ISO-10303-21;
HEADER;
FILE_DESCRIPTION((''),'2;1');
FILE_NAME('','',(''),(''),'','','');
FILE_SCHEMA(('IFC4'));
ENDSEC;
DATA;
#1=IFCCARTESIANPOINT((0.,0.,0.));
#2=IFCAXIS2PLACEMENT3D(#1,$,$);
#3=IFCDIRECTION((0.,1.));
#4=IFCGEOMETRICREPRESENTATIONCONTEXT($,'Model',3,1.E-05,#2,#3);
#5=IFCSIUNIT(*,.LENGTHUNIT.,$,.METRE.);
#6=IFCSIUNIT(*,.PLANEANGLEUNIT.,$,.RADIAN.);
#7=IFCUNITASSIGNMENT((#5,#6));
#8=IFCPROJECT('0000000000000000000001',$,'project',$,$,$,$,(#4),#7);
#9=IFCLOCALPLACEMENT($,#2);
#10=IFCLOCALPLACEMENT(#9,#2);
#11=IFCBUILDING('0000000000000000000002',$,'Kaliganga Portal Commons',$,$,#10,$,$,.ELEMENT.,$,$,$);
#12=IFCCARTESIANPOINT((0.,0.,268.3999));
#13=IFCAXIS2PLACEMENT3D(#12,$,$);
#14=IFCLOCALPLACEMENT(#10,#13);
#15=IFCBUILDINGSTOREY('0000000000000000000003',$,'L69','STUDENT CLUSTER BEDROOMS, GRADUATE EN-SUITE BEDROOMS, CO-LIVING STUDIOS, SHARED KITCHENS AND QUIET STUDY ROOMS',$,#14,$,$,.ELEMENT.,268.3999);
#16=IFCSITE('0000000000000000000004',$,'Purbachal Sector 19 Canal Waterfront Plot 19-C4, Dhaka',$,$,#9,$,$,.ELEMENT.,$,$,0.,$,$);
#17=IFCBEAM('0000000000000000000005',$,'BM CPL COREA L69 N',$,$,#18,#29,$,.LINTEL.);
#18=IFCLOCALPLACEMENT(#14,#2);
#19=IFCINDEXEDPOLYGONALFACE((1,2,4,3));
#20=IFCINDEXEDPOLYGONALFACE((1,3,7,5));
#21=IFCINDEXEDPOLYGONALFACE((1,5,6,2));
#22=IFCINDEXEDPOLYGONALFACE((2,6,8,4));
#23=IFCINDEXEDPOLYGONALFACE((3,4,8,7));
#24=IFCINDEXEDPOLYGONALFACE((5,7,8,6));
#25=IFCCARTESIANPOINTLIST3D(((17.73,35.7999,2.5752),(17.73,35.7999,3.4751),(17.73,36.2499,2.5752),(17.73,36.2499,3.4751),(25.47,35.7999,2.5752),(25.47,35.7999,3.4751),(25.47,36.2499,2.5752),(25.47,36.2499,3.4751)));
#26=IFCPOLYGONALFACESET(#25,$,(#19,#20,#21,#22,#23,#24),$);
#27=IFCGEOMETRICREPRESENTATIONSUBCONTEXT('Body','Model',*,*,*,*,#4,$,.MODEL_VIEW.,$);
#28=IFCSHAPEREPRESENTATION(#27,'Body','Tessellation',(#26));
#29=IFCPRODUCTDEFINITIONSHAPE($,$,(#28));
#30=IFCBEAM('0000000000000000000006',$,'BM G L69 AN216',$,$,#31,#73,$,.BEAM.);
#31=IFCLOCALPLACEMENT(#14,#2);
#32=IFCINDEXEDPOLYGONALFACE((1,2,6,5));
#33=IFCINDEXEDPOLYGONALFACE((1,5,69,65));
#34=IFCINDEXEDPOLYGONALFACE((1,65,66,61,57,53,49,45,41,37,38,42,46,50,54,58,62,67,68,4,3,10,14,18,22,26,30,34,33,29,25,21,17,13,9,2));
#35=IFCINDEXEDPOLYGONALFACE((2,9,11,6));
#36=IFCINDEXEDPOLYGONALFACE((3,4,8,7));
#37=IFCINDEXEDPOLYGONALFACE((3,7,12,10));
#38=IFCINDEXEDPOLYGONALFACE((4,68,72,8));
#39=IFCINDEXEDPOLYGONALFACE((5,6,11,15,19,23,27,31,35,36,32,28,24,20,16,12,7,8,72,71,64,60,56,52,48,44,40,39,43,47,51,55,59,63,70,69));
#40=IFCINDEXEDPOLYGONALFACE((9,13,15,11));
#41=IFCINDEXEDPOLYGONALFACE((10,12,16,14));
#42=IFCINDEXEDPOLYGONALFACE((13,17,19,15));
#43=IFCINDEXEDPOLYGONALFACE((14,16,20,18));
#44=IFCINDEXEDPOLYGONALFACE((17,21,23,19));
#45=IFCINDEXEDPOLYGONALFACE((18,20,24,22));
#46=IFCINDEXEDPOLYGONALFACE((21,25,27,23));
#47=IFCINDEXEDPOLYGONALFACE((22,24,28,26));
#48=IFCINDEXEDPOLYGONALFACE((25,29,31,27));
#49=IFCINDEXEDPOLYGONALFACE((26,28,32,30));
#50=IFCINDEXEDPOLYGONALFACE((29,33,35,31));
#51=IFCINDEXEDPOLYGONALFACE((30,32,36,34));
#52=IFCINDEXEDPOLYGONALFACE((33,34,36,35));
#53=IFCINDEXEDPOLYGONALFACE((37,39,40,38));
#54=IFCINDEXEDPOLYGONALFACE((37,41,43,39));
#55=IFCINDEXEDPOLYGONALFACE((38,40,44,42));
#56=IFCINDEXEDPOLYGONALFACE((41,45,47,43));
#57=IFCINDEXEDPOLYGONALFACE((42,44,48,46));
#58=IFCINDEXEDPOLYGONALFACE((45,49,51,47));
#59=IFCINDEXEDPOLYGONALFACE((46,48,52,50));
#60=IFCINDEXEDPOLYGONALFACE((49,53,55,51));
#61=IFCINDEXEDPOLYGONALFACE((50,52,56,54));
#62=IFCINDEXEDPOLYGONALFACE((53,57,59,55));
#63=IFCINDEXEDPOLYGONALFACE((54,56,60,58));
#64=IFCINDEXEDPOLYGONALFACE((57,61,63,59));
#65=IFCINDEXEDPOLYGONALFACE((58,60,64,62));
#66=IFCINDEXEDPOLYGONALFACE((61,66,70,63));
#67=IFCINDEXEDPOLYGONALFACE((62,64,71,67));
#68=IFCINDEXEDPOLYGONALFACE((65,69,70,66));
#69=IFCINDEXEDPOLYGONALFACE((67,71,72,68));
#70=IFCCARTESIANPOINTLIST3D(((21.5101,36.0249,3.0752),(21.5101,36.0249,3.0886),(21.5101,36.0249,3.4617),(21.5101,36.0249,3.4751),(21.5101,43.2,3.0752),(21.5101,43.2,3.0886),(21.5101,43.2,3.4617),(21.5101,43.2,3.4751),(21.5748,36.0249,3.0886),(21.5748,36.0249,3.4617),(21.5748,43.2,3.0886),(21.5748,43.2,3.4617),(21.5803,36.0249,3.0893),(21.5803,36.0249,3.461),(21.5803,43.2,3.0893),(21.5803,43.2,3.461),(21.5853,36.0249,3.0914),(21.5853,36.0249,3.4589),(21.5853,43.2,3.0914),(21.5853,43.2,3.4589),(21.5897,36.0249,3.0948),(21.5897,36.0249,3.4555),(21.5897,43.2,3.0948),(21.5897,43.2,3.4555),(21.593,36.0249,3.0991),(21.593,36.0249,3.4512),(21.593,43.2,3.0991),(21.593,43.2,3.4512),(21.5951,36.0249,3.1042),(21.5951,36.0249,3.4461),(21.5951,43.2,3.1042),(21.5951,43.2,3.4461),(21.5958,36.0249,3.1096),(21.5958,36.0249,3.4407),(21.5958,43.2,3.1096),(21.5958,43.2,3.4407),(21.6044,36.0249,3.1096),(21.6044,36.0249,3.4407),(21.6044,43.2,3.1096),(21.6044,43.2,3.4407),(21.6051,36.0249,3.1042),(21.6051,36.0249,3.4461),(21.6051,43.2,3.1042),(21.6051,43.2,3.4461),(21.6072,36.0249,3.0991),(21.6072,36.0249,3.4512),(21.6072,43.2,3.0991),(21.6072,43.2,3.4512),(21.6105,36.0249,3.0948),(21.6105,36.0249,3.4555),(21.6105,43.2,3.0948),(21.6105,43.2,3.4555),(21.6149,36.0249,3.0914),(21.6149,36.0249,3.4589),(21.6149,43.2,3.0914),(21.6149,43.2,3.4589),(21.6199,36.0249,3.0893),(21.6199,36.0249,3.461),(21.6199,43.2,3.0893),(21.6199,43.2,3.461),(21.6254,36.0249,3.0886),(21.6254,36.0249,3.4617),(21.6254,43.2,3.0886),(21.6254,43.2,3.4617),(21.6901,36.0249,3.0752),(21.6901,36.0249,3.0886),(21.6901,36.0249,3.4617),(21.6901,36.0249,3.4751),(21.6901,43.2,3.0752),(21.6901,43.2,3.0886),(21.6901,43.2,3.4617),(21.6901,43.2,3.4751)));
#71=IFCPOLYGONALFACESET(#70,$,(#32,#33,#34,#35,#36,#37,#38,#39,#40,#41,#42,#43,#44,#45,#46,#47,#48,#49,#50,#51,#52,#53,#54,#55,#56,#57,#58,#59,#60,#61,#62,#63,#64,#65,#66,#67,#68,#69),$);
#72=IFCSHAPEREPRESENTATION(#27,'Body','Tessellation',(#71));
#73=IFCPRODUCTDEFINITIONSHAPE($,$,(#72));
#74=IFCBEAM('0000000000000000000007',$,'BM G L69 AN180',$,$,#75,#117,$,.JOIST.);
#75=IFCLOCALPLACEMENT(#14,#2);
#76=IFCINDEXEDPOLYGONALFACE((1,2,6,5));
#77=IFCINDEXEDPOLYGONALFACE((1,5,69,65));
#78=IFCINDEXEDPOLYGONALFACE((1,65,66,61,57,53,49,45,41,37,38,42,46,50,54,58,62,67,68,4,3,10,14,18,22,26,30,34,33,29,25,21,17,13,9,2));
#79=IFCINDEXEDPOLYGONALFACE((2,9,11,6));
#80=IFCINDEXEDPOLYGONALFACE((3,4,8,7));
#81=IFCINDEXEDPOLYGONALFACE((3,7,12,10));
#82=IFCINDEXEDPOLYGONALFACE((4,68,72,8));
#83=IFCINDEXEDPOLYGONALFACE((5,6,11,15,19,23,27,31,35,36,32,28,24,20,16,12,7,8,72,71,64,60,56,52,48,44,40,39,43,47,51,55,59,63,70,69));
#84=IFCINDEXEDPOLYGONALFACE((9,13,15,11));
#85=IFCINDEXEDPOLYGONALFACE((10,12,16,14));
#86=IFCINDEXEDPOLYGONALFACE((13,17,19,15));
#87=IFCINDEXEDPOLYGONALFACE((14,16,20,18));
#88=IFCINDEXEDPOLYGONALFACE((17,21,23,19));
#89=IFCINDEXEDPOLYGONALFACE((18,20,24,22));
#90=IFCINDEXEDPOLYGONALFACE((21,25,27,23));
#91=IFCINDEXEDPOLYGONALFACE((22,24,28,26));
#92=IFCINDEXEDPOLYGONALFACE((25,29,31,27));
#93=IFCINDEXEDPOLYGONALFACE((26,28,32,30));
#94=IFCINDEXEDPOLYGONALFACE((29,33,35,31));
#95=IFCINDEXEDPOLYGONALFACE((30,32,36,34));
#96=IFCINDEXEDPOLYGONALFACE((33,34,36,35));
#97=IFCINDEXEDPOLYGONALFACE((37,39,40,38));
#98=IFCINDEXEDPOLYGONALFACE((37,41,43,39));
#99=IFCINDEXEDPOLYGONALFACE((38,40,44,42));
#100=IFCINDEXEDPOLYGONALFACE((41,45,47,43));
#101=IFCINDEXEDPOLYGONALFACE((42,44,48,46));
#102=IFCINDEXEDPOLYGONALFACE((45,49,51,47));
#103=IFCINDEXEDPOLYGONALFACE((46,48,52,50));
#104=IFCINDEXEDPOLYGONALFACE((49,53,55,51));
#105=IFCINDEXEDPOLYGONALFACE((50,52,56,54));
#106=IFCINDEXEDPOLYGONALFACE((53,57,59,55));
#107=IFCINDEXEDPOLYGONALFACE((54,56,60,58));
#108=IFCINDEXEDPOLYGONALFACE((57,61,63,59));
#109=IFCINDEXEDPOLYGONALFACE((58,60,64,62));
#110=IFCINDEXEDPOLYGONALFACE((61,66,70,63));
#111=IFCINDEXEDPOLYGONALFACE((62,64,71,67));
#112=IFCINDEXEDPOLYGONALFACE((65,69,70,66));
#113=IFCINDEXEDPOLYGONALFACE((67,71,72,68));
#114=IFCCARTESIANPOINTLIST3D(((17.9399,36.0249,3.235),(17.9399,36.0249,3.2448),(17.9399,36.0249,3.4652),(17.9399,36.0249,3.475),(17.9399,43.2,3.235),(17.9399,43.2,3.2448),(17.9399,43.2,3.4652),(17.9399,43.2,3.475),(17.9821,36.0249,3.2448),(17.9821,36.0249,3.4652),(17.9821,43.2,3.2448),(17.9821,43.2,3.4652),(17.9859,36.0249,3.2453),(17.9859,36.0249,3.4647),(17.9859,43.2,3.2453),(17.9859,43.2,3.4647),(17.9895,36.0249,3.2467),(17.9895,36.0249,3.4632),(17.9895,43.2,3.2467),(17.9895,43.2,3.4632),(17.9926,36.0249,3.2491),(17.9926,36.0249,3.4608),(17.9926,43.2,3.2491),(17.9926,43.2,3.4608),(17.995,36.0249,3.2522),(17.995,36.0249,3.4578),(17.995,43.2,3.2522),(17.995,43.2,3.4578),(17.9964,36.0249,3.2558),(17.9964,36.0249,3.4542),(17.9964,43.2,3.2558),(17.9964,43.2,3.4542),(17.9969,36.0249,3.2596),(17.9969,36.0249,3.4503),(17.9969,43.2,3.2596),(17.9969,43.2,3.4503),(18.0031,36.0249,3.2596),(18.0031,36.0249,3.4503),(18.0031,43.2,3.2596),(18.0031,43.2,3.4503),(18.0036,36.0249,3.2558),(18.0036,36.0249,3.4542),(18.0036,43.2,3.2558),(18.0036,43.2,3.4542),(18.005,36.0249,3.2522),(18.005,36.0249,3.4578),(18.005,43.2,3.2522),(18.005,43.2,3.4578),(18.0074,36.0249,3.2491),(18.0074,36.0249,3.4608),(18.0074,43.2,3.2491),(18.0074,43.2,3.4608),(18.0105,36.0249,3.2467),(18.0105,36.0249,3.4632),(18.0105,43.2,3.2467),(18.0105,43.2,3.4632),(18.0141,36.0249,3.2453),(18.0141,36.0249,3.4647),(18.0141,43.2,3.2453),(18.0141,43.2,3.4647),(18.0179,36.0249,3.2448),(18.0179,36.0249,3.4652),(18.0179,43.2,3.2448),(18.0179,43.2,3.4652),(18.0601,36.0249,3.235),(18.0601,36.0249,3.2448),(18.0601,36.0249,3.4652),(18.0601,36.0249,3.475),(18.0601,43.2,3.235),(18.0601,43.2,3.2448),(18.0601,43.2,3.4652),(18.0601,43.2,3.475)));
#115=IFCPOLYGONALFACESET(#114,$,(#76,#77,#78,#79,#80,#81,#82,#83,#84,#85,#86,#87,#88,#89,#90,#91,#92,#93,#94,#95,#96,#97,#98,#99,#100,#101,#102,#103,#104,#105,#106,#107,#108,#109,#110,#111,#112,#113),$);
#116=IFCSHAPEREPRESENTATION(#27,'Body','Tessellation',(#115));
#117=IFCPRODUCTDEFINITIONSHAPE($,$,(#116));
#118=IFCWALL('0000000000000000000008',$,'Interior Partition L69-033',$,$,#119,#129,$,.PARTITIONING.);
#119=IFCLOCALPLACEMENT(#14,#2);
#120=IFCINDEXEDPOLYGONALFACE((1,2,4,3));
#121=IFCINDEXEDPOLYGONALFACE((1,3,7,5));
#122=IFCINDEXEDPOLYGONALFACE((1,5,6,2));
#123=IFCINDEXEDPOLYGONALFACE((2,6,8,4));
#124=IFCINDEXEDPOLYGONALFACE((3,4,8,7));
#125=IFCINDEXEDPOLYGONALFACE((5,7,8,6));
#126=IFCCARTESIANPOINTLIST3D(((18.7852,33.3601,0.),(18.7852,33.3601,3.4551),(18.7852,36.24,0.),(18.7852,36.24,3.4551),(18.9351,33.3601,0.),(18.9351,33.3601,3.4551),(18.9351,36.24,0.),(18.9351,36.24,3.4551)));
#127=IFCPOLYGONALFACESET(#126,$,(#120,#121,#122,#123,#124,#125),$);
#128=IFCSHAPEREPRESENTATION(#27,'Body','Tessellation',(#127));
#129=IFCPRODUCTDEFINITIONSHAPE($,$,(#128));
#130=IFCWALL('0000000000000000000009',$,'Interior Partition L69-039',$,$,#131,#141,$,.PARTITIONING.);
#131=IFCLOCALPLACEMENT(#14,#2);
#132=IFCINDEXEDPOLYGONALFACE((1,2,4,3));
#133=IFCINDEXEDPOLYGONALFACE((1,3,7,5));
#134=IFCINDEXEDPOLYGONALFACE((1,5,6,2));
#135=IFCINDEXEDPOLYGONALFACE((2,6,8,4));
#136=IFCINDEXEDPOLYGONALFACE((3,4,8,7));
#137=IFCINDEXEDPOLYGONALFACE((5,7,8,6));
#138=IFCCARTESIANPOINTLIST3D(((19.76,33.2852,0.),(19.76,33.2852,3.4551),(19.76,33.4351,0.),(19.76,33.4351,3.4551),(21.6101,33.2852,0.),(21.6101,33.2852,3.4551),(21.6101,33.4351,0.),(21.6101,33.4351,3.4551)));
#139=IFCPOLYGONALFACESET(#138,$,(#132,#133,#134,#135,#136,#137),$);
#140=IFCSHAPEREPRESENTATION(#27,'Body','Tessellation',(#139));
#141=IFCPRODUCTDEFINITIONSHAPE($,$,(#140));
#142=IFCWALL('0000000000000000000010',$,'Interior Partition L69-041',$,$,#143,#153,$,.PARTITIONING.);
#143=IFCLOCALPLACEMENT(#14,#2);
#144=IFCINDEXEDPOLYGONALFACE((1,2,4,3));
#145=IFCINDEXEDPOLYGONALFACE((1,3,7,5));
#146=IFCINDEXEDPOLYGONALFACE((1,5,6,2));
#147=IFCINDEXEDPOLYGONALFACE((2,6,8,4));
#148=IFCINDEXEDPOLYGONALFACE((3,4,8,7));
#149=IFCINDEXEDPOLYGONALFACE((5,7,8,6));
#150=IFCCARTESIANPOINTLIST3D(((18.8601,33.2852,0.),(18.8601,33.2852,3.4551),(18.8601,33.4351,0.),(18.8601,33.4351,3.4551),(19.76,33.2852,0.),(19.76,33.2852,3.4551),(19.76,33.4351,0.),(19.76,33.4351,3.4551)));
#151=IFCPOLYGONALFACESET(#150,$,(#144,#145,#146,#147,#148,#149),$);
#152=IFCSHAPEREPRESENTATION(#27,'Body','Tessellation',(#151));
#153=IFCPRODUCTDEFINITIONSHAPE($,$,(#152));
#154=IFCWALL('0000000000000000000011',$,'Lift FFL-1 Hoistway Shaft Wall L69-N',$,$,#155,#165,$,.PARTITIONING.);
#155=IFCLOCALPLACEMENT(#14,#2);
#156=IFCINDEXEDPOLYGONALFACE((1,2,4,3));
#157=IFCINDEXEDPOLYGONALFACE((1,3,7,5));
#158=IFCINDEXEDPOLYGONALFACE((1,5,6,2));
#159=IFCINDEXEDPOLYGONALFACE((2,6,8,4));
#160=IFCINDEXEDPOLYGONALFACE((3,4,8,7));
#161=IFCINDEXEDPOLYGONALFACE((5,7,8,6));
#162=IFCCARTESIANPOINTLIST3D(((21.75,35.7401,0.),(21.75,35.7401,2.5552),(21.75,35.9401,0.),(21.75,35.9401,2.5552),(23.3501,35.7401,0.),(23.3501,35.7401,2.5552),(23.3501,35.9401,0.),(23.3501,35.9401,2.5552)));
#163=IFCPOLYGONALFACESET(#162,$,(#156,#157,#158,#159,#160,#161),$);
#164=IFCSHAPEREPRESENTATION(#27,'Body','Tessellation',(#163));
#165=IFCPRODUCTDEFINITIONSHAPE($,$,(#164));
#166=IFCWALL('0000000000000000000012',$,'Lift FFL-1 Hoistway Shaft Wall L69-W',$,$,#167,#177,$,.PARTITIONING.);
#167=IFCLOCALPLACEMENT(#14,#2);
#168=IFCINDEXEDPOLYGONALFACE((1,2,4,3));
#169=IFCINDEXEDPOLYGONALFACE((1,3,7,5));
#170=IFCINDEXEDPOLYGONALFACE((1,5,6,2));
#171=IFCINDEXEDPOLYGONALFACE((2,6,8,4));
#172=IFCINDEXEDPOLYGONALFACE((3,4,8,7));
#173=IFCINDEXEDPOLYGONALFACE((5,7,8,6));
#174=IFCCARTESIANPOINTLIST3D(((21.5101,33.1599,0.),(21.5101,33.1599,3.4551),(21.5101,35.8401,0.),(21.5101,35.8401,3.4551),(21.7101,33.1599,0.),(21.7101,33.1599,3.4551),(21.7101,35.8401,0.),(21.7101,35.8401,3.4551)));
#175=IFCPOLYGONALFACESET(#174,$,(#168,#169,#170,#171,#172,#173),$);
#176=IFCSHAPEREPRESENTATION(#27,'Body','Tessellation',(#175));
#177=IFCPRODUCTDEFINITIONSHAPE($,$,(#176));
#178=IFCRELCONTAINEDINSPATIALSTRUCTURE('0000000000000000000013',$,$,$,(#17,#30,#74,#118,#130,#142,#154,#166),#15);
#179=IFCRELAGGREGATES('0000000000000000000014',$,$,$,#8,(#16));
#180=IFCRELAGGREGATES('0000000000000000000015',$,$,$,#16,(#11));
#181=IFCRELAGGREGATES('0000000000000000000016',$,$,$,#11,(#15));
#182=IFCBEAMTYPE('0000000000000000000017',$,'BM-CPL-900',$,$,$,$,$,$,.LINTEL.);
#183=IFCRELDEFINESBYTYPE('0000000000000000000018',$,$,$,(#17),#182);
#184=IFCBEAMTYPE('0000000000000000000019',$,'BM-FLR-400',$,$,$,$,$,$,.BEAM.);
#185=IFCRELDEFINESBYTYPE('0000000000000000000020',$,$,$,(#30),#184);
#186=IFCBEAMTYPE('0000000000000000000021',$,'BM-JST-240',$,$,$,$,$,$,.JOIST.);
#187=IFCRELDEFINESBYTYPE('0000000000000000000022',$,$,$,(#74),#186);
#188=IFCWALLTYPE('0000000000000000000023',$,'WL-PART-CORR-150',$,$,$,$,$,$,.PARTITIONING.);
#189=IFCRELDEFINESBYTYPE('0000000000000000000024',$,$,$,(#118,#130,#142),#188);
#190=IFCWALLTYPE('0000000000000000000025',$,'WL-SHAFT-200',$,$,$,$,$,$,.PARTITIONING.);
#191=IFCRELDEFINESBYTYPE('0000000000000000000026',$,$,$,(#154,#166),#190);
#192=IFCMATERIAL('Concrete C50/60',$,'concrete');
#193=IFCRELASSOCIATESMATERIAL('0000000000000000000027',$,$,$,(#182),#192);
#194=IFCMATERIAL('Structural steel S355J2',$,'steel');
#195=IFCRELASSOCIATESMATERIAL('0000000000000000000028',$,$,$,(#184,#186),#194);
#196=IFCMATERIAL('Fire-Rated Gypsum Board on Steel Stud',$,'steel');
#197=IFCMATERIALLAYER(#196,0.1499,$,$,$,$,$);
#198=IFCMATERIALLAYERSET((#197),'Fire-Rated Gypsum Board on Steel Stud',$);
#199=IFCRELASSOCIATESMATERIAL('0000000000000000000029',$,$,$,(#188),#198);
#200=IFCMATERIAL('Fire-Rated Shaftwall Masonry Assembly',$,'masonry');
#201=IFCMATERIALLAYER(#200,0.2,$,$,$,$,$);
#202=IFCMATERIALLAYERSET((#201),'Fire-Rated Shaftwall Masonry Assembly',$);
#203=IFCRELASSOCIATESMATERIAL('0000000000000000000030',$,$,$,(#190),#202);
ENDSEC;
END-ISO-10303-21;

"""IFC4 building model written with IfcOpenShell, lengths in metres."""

from ifc_helpers import new_model, si_unit, direction, frame, frame_2d, origin, origin_2d, place, context, subcontext, project, spatial, rectangle, i_section, extrude, source, transform, mapped, material, layer, layer_set, material_profile, profile_set, type_object, element, save


model = new_model("IFC4")

# Units and contexts
model_context = context("Model", 3, precision=1e-05, world=origin(), true_north=direction((0.0, 1.0)))
body_context = subcontext(model_context, "Body", "Model", "MODEL_VIEW")
ifc_project = project(units=[si_unit("LENGTHUNIT", "METRE"), si_unit("PLANEANGLEUNIT", "RADIAN")], contexts=[model_context])

# Site, building, storey
site_placement = place(None, origin())
site = spatial("IfcSite", under=ifc_project, at=site_placement, Name="Purbachal Sector 19 Canal Waterfront Plot 19-C4, Dhaka", CompositionType="ELEMENT", RefElevation=0.0)
building_placement = place(site_placement, origin())
building = spatial("IfcBuilding", under=site, at=building_placement, Name="Kaliganga Portal Commons", CompositionType="ELEMENT")
storey_placement = place(building_placement, frame((0.0, 0.0, 268.3999)))
storey = spatial("IfcBuildingStorey", under=building, at=storey_placement, Name="L69", Description="STUDENT CLUSTER BEDROOMS, GRADUATE EN-SUITE BEDROOMS, CO-LIVING STUDIOS, SHARED KITCHENS AND QUIET STUDY ROOMS", CompositionType="ELEMENT", Elevation=268.3999)

# Beams
ifc_material_1 = material(Name="Concrete C50/60", Category="concrete")
ifc_material_profile_1 = material_profile(ifc_material_1, rectangle(XDim=0.45, YDim=0.8999, at=origin_2d()), Name="RC 450x900")
ifc_profile_set_1 = profile_set([ifc_material_profile_1], Name="Concrete C50/60")
beam_type_1 = type_object("IfcBeamType", Name="BM-CPL-900", PredefinedType="LINTEL", material=ifc_profile_set_1)
shared_shape_1 = source(origin(), body_context, "Body", "SweptSolid", [
    extrude(rectangle(XDim=0.45, YDim=0.8999, at=origin_2d()), origin(), (0.0, 0.0, 1.0), 7.74),
])
beam_1_placement = place(storey_placement, frame((17.73, 36.0249, 3.0251), z_axis=(1.0, 0.0, 0.0), x_axis=(0.0, 1.0, 0.0)))
element("IfcBeam", 1, at=beam_1_placement, inside=storey, type_object=beam_type_1, Name="BM CPL COREA L69 N", PredefinedType="LINTEL", context=body_context, shape_type="MappedRepresentation", body=[
    mapped(shared_shape_1, transform((0.0, 0.0, 0.0), x_axis=(1.0, 0.0, 0.0), y_axis=(0.0, 1.0, 0.0), z_axis=(0.0, 0.0, 1.0), scale=1.0)),
])
ifc_material_2 = material(Name="Structural steel S355J2", Category="steel")
ifc_material_profile_2 = material_profile(ifc_material_2, i_section(OverallWidth=0.1799, OverallDepth=0.3999, WebThickness=0.0085, FlangeThickness=0.0134, FilletRadius=0.021, at=origin_2d()), Name="IPE 400")
ifc_profile_set_2 = profile_set([ifc_material_profile_2], Name="Structural steel S355J2 wide-flange")
beam_type_2 = type_object("IfcBeamType", Name="BM-FLR-400", PredefinedType="BEAM", material=ifc_profile_set_2)
shared_shape_2 = source(origin(), body_context, "Body", "SweptSolid", [
    extrude(i_section(OverallWidth=0.1799, OverallDepth=0.3999, WebThickness=0.0085, FlangeThickness=0.0134, FilletRadius=0.021, at=origin_2d()), origin(), (0.0, 0.0, 1.0), 7.175),
])
beam_2_placement = place(storey_placement, frame((21.6001, 36.0249, 3.2751), z_axis=(0.0, 1.0, 0.0), x_axis=(-1.0, 0.0, 0.0)))
element("IfcBeam", 2, at=beam_2_placement, inside=storey, type_object=beam_type_2, Name="BM G L69 AN216", PredefinedType="BEAM", context=body_context, shape_type="MappedRepresentation", body=[
    mapped(shared_shape_2, transform((0.0, 0.0, 0.0), x_axis=(1.0, 0.0, 0.0), y_axis=(0.0, 1.0, 0.0), z_axis=(0.0, 0.0, 1.0), scale=1.0)),
])
ifc_material_profile_3 = material_profile(ifc_material_2, i_section(OverallWidth=0.1201, OverallDepth=0.24, WebThickness=0.0061, FlangeThickness=0.0098, FilletRadius=0.0149, at=origin_2d()), Name="IPE 240")
ifc_profile_set_3 = profile_set([ifc_material_profile_3], Name="Structural steel S355J2 wide-flange")
beam_type_3 = type_object("IfcBeamType", Name="BM-JST-240", PredefinedType="JOIST", material=ifc_profile_set_3)
shared_shape_3 = source(origin(), body_context, "Body", "SweptSolid", [
    extrude(i_section(OverallWidth=0.1201, OverallDepth=0.24, WebThickness=0.0061, FlangeThickness=0.0098, FilletRadius=0.0149, at=origin_2d()), origin(), (0.0, 0.0, 1.0), 7.175),
])
beam_3_placement = place(storey_placement, frame((18.0, 36.0249, 3.355), z_axis=(0.0, 1.0, 0.0), x_axis=(-1.0, 0.0, 0.0)))
element("IfcBeam", 3, at=beam_3_placement, inside=storey, type_object=beam_type_3, Name="BM G L69 AN180", PredefinedType="JOIST", context=body_context, shape_type="MappedRepresentation", body=[
    mapped(shared_shape_3, transform((0.0, 0.0, 0.0), x_axis=(1.0, 0.0, 0.0), y_axis=(0.0, 1.0, 0.0), z_axis=(0.0, 0.0, 1.0), scale=1.0)),
])

# Walls
ifc_material_3 = material(Name="Fire-Rated Gypsum Board on Steel Stud", Category="steel")
ifc_layer_1 = layer(ifc_material_3, 0.1499)
ifc_layer_set_1 = layer_set([ifc_layer_1], Name="Fire-Rated Gypsum Board on Steel Stud")
wall_type_1 = type_object("IfcWallType", Name="WL-PART-CORR-150", PredefinedType="PARTITIONING", material=ifc_layer_set_1)
wall_1_placement = place(storey_placement, frame((18.8601, 33.3601, 0.0), z_axis=(0.0, 0.0, 1.0), x_axis=(0.0, 1.0, 0.0)))
element("IfcWall", 4, at=wall_1_placement, inside=storey, type_object=wall_type_1, Name="Interior Partition L69-033", PredefinedType="PARTITIONING", context=body_context, shape_type="SweptSolid", body=[
    extrude(rectangle(XDim=2.8799, YDim=0.1499, at=frame_2d((1.4399, 0.0))), origin(), (0.0, 0.0, 1.0), 3.4551),
])
wall_2_placement = place(storey_placement, frame((19.76, 33.3601, 0.0), z_axis=(0.0, 0.0, 1.0), x_axis=(1.0, 0.0, 0.0)))
element("IfcWall", 5, at=wall_2_placement, inside=storey, type_object=wall_type_1, Name="Interior Partition L69-039", PredefinedType="PARTITIONING", context=body_context, shape_type="SweptSolid", body=[
    extrude(rectangle(XDim=1.8501, YDim=0.1499, at=frame_2d((0.925, 0.0))), origin(), (0.0, 0.0, 1.0), 3.4551),
])
wall_3_placement = place(storey_placement, frame((18.8601, 33.3601, 0.0), z_axis=(0.0, 0.0, 1.0), x_axis=(1.0, 0.0, 0.0)))
element("IfcWall", 6, at=wall_3_placement, inside=storey, type_object=wall_type_1, Name="Interior Partition L69-041", PredefinedType="PARTITIONING", context=body_context, shape_type="SweptSolid", body=[
    extrude(rectangle(XDim=0.8999, YDim=0.1499, at=frame_2d((0.45, 0.0))), origin(), (0.0, 0.0, 1.0), 3.4551),
])

# Shared definitions
ifc_material_4 = material(Name="Fire-Rated Shaftwall Masonry Assembly", Category="masonry")
ifc_layer_2 = layer(ifc_material_4, 0.2)
ifc_layer_set_2 = layer_set([ifc_layer_2], Name="Fire-Rated Shaftwall Masonry Assembly")
wall_type_2 = type_object("IfcWallType", Name="WL-SHAFT-200", PredefinedType="PARTITIONING", material=ifc_layer_set_2)

# Walls
wall_4_placement = place(storey_placement, frame((21.75, 35.8401, 0.0), z_axis=(0.0, 0.0, 1.0), x_axis=(1.0, 0.0, 0.0)))
element("IfcWall", 7, at=wall_4_placement, inside=storey, type_object=wall_type_2, Name="Lift FFL-1 Hoistway Shaft Wall L69-N", PredefinedType="PARTITIONING", context=body_context, shape_type="SweptSolid", body=[
    extrude(rectangle(XDim=1.6001, YDim=0.2, at=frame_2d((0.8, 0.0))), origin(), (0.0, 0.0, 1.0), 2.5552),
])
for number, where, z_axis, x_axis, name in (
    (8, (21.6101, 33.1599, 0.0), (0.0, 0.0, 1.0), (0.0, 1.0, 0.0), "Lift FFL-1 Hoistway Shaft Wall L69-W"),
):
    element("IfcWall", number, at=place(storey_placement, frame(where, z_axis=z_axis, x_axis=x_axis)), inside=storey, type_object=wall_type_2, Name=name, PredefinedType="PARTITIONING", context=body_context, shape_type="SweptSolid", body=[
        extrude(rectangle(XDim=2.6802, YDim=0.2, at=frame_2d((1.3401, 0.0))), origin(), (0.0, 0.0, 1.0), 3.4551),
    ])

save(model, "model.ifc")
